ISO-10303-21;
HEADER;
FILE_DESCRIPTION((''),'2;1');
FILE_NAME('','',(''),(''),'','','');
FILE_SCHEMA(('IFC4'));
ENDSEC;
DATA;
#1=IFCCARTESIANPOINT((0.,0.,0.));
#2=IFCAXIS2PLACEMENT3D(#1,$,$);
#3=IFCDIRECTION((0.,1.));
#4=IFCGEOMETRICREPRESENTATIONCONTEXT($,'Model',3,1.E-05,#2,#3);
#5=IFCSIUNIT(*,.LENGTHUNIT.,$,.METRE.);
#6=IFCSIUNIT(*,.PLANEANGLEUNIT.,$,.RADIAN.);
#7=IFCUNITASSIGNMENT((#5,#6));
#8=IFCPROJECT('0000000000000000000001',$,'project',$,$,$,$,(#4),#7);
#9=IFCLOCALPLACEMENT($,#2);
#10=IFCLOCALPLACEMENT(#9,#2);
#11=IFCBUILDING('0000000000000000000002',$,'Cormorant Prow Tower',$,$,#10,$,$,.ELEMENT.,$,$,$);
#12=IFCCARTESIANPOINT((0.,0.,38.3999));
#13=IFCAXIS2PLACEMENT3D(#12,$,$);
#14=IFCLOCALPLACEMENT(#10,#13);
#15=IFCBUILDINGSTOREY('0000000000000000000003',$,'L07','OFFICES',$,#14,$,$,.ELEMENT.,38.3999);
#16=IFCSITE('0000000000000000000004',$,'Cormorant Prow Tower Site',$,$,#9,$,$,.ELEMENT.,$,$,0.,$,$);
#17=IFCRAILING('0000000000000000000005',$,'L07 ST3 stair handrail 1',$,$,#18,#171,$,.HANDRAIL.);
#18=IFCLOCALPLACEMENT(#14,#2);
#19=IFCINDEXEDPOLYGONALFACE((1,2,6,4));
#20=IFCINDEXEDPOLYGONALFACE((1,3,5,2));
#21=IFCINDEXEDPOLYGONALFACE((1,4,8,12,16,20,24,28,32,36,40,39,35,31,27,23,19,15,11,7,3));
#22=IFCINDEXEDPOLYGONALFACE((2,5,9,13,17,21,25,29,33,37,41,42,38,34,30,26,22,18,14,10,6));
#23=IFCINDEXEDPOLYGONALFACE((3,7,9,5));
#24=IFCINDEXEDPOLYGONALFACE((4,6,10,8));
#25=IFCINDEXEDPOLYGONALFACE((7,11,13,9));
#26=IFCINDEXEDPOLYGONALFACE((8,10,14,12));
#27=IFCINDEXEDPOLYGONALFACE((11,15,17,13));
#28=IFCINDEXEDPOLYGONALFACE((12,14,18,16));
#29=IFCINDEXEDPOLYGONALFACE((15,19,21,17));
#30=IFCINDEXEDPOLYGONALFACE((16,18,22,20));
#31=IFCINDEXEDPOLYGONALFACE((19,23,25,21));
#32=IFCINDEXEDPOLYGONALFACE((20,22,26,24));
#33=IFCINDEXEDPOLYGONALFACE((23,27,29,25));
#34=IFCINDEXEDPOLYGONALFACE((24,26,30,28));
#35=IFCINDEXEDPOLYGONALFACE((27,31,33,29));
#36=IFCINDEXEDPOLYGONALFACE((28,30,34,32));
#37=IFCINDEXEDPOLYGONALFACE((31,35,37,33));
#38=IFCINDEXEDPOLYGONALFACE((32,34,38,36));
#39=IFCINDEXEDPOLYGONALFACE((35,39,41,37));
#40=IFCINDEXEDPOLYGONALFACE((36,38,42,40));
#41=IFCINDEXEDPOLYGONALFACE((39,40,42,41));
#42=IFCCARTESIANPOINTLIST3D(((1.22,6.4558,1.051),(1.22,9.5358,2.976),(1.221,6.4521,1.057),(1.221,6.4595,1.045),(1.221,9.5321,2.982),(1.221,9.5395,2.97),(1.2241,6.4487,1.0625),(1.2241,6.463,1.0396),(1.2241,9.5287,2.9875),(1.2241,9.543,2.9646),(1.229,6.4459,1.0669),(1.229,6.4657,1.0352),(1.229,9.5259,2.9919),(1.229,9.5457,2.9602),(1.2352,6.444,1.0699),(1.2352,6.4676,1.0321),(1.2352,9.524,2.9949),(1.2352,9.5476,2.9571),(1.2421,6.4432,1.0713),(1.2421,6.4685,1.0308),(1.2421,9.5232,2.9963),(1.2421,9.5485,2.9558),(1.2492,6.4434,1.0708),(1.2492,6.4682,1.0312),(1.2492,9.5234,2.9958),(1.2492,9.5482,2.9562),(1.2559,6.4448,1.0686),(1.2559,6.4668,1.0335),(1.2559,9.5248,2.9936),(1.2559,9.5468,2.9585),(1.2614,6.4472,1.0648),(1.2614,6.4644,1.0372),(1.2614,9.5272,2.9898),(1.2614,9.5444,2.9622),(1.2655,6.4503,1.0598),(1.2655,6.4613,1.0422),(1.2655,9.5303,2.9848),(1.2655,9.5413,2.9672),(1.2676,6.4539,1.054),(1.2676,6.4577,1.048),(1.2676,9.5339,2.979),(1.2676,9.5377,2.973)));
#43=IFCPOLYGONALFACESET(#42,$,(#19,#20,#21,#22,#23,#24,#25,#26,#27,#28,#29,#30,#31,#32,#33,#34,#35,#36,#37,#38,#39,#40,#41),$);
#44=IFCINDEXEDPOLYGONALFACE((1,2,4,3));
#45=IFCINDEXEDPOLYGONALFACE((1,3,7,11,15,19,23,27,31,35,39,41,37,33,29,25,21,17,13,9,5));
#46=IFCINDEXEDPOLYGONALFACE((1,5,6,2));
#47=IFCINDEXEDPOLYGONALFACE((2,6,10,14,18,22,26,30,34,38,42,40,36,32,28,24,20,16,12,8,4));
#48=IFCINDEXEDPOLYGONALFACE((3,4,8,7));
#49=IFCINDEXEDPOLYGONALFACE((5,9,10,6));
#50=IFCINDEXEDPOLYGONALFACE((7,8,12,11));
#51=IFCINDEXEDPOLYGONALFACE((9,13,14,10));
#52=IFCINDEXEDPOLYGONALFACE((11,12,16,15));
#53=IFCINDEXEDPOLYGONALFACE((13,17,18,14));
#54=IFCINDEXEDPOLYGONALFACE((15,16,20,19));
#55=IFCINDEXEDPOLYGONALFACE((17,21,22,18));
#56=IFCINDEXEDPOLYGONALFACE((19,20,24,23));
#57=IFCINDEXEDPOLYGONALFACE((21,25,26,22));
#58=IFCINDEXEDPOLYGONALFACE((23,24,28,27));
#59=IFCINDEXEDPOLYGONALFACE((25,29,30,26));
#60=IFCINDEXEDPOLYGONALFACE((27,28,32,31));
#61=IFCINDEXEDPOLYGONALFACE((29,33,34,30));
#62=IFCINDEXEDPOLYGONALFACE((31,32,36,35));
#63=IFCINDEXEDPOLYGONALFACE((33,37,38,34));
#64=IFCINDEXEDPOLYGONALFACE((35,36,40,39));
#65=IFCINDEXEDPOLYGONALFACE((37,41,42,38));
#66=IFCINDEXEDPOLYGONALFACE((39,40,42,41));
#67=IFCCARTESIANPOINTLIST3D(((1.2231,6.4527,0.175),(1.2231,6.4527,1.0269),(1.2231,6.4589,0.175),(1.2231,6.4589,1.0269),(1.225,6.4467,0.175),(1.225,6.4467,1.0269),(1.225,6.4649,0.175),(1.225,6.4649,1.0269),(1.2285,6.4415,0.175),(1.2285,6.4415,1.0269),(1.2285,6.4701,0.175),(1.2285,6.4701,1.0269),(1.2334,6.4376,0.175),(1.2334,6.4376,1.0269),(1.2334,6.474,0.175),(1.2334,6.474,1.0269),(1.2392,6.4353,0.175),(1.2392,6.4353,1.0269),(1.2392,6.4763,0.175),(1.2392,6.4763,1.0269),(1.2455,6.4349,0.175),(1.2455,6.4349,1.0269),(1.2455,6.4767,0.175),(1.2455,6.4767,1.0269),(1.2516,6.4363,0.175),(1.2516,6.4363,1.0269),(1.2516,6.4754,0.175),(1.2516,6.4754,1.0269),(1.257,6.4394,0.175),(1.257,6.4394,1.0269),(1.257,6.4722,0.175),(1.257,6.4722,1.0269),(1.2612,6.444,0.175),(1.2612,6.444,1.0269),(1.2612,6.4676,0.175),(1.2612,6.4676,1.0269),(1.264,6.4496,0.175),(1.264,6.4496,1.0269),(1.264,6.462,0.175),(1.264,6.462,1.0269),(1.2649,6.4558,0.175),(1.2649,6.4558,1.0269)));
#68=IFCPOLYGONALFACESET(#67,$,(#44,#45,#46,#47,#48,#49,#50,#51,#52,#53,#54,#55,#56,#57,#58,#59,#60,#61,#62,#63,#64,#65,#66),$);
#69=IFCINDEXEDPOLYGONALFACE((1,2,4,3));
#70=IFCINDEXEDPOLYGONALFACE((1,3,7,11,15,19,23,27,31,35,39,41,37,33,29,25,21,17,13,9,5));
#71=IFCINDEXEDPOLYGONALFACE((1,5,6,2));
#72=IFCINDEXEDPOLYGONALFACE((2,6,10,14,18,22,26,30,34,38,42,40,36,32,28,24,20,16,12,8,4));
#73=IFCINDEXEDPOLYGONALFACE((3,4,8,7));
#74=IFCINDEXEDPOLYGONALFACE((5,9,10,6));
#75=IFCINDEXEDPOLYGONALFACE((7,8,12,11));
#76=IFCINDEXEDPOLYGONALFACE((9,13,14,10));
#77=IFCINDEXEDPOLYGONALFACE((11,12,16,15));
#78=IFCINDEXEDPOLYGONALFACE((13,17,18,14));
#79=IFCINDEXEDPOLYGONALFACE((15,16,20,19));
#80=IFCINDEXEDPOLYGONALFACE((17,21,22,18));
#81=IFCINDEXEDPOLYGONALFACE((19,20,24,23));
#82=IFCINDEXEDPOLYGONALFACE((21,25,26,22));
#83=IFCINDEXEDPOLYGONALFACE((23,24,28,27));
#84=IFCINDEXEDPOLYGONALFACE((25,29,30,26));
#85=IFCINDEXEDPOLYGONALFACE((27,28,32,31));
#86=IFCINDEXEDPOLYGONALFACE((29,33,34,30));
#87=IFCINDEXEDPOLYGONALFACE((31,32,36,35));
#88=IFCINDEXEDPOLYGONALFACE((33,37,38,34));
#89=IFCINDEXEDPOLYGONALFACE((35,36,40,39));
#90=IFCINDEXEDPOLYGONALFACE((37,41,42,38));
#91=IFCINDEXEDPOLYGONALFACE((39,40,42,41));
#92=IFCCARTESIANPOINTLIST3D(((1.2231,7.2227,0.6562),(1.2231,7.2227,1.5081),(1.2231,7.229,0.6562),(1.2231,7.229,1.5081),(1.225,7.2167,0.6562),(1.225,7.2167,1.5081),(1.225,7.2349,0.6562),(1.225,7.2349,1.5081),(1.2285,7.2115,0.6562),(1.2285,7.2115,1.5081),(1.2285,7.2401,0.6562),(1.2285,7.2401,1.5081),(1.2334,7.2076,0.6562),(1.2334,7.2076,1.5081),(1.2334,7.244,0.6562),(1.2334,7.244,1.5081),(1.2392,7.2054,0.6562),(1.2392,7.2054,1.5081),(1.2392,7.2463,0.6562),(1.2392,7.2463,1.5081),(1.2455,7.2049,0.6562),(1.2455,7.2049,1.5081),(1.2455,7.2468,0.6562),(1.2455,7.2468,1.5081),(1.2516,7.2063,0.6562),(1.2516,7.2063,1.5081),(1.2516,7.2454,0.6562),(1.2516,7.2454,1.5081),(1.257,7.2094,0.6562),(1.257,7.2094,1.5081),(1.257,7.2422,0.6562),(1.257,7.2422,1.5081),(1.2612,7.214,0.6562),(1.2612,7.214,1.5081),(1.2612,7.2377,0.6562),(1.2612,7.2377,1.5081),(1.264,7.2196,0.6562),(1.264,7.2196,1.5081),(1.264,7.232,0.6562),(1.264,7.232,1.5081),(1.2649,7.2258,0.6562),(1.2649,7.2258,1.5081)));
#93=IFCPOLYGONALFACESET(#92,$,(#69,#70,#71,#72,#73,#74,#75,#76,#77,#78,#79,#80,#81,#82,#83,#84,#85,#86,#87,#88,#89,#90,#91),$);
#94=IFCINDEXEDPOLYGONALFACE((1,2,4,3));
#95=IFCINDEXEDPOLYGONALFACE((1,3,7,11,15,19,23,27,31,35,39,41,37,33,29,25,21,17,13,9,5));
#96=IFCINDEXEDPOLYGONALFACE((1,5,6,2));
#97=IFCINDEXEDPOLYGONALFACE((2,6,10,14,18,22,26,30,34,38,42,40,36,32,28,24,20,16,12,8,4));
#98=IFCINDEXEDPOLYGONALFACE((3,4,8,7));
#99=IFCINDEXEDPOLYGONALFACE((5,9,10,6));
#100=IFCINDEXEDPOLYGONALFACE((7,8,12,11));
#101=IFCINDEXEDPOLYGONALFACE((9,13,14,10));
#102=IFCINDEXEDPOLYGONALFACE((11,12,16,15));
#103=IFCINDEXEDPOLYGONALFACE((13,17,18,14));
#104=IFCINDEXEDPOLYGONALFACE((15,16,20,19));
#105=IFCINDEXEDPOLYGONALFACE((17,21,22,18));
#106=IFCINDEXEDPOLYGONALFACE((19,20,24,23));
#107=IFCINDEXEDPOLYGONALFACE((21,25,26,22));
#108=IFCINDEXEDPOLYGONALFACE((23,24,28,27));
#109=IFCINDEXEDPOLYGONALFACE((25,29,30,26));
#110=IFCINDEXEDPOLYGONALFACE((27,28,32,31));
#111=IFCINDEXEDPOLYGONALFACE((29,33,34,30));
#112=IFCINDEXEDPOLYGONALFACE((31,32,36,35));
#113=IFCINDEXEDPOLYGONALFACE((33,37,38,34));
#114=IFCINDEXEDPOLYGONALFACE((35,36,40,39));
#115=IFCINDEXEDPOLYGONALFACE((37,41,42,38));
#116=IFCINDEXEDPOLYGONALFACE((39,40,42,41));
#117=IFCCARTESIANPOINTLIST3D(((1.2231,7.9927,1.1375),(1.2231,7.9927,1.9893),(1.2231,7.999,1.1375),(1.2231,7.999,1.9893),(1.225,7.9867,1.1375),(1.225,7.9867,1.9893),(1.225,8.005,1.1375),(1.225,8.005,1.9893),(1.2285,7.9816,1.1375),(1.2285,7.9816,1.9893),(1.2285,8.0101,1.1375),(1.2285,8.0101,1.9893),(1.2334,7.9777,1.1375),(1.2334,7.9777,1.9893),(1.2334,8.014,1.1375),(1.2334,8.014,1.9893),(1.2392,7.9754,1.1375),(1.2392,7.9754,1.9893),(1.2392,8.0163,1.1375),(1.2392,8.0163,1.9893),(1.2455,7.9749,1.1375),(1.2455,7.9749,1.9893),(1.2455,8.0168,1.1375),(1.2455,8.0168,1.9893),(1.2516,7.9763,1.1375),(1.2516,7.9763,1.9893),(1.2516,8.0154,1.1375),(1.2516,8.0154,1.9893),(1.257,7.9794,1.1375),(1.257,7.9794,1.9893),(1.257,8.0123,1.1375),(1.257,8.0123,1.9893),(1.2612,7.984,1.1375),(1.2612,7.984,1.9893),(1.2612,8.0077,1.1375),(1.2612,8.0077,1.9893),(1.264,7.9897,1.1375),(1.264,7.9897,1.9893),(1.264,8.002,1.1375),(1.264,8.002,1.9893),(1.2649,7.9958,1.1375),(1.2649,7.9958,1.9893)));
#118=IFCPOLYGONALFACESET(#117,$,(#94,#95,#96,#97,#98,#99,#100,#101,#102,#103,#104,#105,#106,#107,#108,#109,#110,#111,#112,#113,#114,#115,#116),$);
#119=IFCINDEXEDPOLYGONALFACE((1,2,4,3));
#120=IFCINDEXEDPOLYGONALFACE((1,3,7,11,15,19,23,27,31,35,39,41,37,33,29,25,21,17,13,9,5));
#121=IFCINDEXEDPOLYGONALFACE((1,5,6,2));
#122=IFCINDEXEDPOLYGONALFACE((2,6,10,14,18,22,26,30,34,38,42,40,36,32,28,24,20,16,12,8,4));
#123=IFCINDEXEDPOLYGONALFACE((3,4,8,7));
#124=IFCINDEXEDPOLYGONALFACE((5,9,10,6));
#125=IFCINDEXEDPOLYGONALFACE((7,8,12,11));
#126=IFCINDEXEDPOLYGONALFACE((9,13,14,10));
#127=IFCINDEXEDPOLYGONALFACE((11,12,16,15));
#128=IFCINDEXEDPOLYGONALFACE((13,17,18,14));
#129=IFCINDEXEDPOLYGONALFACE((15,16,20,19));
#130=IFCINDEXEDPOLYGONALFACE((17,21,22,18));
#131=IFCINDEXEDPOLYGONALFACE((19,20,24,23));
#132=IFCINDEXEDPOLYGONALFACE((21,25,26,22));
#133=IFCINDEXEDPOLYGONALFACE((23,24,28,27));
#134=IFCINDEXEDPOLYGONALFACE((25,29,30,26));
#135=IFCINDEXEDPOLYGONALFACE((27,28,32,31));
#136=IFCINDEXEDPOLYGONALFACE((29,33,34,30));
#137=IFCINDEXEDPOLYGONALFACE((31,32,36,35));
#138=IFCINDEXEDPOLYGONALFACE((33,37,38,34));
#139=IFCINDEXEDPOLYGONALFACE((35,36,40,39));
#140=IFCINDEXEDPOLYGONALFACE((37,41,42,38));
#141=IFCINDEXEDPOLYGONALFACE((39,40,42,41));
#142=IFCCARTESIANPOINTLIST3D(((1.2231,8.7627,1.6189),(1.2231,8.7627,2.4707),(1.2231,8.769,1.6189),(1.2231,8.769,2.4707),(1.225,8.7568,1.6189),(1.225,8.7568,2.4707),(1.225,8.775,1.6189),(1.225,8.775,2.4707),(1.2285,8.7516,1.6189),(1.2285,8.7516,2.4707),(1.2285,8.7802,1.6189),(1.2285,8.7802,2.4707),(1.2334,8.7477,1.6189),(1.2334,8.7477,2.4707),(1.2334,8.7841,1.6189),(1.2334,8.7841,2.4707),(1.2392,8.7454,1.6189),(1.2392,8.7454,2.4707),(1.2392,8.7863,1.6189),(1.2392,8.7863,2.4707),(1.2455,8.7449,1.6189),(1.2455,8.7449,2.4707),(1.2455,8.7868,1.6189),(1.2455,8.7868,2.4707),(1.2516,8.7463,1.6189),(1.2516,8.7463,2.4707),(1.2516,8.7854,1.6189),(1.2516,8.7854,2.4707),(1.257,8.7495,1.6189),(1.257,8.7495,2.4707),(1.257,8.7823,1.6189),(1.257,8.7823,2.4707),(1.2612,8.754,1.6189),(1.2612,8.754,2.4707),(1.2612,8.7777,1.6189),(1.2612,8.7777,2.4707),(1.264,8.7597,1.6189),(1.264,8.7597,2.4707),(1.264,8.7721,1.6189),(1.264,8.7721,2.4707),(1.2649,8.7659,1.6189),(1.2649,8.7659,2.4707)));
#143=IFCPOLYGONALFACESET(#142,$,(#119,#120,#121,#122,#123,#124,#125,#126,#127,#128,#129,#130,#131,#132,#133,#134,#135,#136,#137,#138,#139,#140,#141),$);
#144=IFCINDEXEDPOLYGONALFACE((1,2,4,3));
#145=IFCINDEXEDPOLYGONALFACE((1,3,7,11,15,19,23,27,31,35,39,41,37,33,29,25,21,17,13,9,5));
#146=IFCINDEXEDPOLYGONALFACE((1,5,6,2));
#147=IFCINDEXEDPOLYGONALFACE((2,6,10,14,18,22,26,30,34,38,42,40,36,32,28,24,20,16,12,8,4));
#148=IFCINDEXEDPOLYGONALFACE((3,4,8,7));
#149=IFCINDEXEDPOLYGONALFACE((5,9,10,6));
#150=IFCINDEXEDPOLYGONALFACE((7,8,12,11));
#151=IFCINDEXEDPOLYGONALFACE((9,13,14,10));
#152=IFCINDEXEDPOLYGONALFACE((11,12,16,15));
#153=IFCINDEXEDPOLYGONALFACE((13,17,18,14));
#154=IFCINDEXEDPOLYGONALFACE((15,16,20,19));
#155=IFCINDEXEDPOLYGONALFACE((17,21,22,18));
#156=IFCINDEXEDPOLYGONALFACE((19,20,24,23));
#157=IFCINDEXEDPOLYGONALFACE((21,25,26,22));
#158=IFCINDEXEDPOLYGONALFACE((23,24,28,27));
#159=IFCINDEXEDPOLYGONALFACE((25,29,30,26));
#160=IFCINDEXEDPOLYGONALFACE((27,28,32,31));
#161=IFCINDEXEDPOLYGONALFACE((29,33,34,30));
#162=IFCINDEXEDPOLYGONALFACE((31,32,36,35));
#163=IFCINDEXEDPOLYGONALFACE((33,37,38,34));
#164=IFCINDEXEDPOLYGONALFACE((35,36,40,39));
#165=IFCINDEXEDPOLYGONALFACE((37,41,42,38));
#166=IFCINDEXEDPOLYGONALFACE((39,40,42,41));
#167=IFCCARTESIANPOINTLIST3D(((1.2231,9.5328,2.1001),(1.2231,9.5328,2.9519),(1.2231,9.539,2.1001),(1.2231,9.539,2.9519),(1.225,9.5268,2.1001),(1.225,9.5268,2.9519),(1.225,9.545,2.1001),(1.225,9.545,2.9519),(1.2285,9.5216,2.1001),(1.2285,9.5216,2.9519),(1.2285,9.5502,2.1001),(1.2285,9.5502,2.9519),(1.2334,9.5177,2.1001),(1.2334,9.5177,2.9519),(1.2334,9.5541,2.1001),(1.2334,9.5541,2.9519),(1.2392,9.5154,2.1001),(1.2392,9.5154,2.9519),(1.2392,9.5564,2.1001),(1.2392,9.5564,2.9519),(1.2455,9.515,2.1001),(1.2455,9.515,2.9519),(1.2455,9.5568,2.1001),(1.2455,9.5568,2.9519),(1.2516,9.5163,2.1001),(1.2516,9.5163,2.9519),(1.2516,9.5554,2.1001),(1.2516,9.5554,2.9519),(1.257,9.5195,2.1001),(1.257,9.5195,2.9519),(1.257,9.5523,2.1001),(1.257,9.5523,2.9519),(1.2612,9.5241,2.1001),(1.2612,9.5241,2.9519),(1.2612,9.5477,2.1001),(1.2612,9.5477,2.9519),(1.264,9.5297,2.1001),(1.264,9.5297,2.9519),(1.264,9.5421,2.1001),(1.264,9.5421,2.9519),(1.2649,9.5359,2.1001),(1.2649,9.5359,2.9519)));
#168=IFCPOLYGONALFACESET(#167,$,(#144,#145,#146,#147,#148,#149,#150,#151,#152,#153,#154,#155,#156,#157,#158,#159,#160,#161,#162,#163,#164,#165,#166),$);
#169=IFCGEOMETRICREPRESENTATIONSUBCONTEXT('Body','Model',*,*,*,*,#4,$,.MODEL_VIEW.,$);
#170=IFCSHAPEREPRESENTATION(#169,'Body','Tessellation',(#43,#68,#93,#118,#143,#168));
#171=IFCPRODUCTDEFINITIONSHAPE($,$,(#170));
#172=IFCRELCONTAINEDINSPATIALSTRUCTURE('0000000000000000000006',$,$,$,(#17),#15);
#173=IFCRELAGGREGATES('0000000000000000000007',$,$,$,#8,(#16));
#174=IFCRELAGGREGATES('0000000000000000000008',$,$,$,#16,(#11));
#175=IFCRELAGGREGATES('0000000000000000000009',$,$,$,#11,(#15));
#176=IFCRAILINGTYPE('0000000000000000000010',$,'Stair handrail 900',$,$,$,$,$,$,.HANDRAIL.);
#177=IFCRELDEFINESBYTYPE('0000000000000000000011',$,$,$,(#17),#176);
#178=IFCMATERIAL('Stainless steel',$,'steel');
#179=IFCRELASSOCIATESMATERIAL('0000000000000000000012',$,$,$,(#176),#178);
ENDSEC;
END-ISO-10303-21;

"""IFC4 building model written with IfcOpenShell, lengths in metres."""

from ifc_helpers import new_model, si_unit, direction, frame, origin, origin_2d, place, context, subcontext, project, spatial, circle, extrude, material, type_object, element, save


model = new_model("IFC4")

# Units and contexts
model_context = context("Model", 3, precision=1e-05, world=origin(), true_north=direction((0.0, 1.0)))
body_context = subcontext(model_context, "Body", "Model", "MODEL_VIEW")
ifc_project = project(units=[si_unit("LENGTHUNIT", "METRE"), si_unit("PLANEANGLEUNIT", "RADIAN")], contexts=[model_context])

# Site, building, storey
site_placement = place(None, origin())
site = spatial("IfcSite", under=ifc_project, at=site_placement, Name="Cormorant Prow Tower Site", CompositionType="ELEMENT", RefElevation=0.0)
building_placement = place(site_placement, origin())
building = spatial("IfcBuilding", under=site, at=building_placement, Name="Cormorant Prow Tower", CompositionType="ELEMENT")
storey_placement = place(building_placement, frame((0.0, 0.0, 38.3999)))
storey = spatial("IfcBuildingStorey", under=building, at=storey_placement, Name="L07", Description="OFFICES", CompositionType="ELEMENT", Elevation=38.3999)

# Railing
ifc_material_1 = material(Name="Stainless steel", Category="steel")
railing_type_1 = type_object("IfcRailingType", Name="Stair handrail 900", PredefinedType="HANDRAIL", material=ifc_material_1)
railing_1_placement = place(storey_placement, frame((1.2439, 6.4558, 0.175)))
element("IfcRailing", 1, at=railing_1_placement, inside=storey, type_object=railing_type_1, Name="L07 ST3 stair handrail 1", PredefinedType="HANDRAIL", context=body_context, shape_type="SweptSolid", body=[
    extrude(circle(Radius=0.0239, at=origin_2d()), frame((0.0, 0.0, 0.876), z_axis=(0.0, 0.847998, 0.529999), x_axis=(-1.0, 0.0, 0.0)), (0.0, 0.0, 1.0), 3.6321),
    extrude(circle(Radius=0.021, at=origin_2d()), origin(), (0.0, 0.0, 1.0), 0.8518),
    extrude(circle(Radius=0.021, at=origin_2d()), frame((0.0, 0.77, 0.4812)), (0.0, 0.0, 1.0), 0.8518),
    extrude(circle(Radius=0.021, at=origin_2d()), frame((0.0, 1.54, 0.9624)), (0.0, 0.0, 1.0), 0.8518),
    extrude(circle(Radius=0.021, at=origin_2d()), frame((0.0, 2.3101, 1.4438)), (0.0, 0.0, 1.0), 0.8518),
    extrude(circle(Radius=0.021, at=origin_2d()), frame((0.0, 3.0801, 1.925)), (0.0, 0.0, 1.0), 0.8518),
])

save(model, "model.ifc")
